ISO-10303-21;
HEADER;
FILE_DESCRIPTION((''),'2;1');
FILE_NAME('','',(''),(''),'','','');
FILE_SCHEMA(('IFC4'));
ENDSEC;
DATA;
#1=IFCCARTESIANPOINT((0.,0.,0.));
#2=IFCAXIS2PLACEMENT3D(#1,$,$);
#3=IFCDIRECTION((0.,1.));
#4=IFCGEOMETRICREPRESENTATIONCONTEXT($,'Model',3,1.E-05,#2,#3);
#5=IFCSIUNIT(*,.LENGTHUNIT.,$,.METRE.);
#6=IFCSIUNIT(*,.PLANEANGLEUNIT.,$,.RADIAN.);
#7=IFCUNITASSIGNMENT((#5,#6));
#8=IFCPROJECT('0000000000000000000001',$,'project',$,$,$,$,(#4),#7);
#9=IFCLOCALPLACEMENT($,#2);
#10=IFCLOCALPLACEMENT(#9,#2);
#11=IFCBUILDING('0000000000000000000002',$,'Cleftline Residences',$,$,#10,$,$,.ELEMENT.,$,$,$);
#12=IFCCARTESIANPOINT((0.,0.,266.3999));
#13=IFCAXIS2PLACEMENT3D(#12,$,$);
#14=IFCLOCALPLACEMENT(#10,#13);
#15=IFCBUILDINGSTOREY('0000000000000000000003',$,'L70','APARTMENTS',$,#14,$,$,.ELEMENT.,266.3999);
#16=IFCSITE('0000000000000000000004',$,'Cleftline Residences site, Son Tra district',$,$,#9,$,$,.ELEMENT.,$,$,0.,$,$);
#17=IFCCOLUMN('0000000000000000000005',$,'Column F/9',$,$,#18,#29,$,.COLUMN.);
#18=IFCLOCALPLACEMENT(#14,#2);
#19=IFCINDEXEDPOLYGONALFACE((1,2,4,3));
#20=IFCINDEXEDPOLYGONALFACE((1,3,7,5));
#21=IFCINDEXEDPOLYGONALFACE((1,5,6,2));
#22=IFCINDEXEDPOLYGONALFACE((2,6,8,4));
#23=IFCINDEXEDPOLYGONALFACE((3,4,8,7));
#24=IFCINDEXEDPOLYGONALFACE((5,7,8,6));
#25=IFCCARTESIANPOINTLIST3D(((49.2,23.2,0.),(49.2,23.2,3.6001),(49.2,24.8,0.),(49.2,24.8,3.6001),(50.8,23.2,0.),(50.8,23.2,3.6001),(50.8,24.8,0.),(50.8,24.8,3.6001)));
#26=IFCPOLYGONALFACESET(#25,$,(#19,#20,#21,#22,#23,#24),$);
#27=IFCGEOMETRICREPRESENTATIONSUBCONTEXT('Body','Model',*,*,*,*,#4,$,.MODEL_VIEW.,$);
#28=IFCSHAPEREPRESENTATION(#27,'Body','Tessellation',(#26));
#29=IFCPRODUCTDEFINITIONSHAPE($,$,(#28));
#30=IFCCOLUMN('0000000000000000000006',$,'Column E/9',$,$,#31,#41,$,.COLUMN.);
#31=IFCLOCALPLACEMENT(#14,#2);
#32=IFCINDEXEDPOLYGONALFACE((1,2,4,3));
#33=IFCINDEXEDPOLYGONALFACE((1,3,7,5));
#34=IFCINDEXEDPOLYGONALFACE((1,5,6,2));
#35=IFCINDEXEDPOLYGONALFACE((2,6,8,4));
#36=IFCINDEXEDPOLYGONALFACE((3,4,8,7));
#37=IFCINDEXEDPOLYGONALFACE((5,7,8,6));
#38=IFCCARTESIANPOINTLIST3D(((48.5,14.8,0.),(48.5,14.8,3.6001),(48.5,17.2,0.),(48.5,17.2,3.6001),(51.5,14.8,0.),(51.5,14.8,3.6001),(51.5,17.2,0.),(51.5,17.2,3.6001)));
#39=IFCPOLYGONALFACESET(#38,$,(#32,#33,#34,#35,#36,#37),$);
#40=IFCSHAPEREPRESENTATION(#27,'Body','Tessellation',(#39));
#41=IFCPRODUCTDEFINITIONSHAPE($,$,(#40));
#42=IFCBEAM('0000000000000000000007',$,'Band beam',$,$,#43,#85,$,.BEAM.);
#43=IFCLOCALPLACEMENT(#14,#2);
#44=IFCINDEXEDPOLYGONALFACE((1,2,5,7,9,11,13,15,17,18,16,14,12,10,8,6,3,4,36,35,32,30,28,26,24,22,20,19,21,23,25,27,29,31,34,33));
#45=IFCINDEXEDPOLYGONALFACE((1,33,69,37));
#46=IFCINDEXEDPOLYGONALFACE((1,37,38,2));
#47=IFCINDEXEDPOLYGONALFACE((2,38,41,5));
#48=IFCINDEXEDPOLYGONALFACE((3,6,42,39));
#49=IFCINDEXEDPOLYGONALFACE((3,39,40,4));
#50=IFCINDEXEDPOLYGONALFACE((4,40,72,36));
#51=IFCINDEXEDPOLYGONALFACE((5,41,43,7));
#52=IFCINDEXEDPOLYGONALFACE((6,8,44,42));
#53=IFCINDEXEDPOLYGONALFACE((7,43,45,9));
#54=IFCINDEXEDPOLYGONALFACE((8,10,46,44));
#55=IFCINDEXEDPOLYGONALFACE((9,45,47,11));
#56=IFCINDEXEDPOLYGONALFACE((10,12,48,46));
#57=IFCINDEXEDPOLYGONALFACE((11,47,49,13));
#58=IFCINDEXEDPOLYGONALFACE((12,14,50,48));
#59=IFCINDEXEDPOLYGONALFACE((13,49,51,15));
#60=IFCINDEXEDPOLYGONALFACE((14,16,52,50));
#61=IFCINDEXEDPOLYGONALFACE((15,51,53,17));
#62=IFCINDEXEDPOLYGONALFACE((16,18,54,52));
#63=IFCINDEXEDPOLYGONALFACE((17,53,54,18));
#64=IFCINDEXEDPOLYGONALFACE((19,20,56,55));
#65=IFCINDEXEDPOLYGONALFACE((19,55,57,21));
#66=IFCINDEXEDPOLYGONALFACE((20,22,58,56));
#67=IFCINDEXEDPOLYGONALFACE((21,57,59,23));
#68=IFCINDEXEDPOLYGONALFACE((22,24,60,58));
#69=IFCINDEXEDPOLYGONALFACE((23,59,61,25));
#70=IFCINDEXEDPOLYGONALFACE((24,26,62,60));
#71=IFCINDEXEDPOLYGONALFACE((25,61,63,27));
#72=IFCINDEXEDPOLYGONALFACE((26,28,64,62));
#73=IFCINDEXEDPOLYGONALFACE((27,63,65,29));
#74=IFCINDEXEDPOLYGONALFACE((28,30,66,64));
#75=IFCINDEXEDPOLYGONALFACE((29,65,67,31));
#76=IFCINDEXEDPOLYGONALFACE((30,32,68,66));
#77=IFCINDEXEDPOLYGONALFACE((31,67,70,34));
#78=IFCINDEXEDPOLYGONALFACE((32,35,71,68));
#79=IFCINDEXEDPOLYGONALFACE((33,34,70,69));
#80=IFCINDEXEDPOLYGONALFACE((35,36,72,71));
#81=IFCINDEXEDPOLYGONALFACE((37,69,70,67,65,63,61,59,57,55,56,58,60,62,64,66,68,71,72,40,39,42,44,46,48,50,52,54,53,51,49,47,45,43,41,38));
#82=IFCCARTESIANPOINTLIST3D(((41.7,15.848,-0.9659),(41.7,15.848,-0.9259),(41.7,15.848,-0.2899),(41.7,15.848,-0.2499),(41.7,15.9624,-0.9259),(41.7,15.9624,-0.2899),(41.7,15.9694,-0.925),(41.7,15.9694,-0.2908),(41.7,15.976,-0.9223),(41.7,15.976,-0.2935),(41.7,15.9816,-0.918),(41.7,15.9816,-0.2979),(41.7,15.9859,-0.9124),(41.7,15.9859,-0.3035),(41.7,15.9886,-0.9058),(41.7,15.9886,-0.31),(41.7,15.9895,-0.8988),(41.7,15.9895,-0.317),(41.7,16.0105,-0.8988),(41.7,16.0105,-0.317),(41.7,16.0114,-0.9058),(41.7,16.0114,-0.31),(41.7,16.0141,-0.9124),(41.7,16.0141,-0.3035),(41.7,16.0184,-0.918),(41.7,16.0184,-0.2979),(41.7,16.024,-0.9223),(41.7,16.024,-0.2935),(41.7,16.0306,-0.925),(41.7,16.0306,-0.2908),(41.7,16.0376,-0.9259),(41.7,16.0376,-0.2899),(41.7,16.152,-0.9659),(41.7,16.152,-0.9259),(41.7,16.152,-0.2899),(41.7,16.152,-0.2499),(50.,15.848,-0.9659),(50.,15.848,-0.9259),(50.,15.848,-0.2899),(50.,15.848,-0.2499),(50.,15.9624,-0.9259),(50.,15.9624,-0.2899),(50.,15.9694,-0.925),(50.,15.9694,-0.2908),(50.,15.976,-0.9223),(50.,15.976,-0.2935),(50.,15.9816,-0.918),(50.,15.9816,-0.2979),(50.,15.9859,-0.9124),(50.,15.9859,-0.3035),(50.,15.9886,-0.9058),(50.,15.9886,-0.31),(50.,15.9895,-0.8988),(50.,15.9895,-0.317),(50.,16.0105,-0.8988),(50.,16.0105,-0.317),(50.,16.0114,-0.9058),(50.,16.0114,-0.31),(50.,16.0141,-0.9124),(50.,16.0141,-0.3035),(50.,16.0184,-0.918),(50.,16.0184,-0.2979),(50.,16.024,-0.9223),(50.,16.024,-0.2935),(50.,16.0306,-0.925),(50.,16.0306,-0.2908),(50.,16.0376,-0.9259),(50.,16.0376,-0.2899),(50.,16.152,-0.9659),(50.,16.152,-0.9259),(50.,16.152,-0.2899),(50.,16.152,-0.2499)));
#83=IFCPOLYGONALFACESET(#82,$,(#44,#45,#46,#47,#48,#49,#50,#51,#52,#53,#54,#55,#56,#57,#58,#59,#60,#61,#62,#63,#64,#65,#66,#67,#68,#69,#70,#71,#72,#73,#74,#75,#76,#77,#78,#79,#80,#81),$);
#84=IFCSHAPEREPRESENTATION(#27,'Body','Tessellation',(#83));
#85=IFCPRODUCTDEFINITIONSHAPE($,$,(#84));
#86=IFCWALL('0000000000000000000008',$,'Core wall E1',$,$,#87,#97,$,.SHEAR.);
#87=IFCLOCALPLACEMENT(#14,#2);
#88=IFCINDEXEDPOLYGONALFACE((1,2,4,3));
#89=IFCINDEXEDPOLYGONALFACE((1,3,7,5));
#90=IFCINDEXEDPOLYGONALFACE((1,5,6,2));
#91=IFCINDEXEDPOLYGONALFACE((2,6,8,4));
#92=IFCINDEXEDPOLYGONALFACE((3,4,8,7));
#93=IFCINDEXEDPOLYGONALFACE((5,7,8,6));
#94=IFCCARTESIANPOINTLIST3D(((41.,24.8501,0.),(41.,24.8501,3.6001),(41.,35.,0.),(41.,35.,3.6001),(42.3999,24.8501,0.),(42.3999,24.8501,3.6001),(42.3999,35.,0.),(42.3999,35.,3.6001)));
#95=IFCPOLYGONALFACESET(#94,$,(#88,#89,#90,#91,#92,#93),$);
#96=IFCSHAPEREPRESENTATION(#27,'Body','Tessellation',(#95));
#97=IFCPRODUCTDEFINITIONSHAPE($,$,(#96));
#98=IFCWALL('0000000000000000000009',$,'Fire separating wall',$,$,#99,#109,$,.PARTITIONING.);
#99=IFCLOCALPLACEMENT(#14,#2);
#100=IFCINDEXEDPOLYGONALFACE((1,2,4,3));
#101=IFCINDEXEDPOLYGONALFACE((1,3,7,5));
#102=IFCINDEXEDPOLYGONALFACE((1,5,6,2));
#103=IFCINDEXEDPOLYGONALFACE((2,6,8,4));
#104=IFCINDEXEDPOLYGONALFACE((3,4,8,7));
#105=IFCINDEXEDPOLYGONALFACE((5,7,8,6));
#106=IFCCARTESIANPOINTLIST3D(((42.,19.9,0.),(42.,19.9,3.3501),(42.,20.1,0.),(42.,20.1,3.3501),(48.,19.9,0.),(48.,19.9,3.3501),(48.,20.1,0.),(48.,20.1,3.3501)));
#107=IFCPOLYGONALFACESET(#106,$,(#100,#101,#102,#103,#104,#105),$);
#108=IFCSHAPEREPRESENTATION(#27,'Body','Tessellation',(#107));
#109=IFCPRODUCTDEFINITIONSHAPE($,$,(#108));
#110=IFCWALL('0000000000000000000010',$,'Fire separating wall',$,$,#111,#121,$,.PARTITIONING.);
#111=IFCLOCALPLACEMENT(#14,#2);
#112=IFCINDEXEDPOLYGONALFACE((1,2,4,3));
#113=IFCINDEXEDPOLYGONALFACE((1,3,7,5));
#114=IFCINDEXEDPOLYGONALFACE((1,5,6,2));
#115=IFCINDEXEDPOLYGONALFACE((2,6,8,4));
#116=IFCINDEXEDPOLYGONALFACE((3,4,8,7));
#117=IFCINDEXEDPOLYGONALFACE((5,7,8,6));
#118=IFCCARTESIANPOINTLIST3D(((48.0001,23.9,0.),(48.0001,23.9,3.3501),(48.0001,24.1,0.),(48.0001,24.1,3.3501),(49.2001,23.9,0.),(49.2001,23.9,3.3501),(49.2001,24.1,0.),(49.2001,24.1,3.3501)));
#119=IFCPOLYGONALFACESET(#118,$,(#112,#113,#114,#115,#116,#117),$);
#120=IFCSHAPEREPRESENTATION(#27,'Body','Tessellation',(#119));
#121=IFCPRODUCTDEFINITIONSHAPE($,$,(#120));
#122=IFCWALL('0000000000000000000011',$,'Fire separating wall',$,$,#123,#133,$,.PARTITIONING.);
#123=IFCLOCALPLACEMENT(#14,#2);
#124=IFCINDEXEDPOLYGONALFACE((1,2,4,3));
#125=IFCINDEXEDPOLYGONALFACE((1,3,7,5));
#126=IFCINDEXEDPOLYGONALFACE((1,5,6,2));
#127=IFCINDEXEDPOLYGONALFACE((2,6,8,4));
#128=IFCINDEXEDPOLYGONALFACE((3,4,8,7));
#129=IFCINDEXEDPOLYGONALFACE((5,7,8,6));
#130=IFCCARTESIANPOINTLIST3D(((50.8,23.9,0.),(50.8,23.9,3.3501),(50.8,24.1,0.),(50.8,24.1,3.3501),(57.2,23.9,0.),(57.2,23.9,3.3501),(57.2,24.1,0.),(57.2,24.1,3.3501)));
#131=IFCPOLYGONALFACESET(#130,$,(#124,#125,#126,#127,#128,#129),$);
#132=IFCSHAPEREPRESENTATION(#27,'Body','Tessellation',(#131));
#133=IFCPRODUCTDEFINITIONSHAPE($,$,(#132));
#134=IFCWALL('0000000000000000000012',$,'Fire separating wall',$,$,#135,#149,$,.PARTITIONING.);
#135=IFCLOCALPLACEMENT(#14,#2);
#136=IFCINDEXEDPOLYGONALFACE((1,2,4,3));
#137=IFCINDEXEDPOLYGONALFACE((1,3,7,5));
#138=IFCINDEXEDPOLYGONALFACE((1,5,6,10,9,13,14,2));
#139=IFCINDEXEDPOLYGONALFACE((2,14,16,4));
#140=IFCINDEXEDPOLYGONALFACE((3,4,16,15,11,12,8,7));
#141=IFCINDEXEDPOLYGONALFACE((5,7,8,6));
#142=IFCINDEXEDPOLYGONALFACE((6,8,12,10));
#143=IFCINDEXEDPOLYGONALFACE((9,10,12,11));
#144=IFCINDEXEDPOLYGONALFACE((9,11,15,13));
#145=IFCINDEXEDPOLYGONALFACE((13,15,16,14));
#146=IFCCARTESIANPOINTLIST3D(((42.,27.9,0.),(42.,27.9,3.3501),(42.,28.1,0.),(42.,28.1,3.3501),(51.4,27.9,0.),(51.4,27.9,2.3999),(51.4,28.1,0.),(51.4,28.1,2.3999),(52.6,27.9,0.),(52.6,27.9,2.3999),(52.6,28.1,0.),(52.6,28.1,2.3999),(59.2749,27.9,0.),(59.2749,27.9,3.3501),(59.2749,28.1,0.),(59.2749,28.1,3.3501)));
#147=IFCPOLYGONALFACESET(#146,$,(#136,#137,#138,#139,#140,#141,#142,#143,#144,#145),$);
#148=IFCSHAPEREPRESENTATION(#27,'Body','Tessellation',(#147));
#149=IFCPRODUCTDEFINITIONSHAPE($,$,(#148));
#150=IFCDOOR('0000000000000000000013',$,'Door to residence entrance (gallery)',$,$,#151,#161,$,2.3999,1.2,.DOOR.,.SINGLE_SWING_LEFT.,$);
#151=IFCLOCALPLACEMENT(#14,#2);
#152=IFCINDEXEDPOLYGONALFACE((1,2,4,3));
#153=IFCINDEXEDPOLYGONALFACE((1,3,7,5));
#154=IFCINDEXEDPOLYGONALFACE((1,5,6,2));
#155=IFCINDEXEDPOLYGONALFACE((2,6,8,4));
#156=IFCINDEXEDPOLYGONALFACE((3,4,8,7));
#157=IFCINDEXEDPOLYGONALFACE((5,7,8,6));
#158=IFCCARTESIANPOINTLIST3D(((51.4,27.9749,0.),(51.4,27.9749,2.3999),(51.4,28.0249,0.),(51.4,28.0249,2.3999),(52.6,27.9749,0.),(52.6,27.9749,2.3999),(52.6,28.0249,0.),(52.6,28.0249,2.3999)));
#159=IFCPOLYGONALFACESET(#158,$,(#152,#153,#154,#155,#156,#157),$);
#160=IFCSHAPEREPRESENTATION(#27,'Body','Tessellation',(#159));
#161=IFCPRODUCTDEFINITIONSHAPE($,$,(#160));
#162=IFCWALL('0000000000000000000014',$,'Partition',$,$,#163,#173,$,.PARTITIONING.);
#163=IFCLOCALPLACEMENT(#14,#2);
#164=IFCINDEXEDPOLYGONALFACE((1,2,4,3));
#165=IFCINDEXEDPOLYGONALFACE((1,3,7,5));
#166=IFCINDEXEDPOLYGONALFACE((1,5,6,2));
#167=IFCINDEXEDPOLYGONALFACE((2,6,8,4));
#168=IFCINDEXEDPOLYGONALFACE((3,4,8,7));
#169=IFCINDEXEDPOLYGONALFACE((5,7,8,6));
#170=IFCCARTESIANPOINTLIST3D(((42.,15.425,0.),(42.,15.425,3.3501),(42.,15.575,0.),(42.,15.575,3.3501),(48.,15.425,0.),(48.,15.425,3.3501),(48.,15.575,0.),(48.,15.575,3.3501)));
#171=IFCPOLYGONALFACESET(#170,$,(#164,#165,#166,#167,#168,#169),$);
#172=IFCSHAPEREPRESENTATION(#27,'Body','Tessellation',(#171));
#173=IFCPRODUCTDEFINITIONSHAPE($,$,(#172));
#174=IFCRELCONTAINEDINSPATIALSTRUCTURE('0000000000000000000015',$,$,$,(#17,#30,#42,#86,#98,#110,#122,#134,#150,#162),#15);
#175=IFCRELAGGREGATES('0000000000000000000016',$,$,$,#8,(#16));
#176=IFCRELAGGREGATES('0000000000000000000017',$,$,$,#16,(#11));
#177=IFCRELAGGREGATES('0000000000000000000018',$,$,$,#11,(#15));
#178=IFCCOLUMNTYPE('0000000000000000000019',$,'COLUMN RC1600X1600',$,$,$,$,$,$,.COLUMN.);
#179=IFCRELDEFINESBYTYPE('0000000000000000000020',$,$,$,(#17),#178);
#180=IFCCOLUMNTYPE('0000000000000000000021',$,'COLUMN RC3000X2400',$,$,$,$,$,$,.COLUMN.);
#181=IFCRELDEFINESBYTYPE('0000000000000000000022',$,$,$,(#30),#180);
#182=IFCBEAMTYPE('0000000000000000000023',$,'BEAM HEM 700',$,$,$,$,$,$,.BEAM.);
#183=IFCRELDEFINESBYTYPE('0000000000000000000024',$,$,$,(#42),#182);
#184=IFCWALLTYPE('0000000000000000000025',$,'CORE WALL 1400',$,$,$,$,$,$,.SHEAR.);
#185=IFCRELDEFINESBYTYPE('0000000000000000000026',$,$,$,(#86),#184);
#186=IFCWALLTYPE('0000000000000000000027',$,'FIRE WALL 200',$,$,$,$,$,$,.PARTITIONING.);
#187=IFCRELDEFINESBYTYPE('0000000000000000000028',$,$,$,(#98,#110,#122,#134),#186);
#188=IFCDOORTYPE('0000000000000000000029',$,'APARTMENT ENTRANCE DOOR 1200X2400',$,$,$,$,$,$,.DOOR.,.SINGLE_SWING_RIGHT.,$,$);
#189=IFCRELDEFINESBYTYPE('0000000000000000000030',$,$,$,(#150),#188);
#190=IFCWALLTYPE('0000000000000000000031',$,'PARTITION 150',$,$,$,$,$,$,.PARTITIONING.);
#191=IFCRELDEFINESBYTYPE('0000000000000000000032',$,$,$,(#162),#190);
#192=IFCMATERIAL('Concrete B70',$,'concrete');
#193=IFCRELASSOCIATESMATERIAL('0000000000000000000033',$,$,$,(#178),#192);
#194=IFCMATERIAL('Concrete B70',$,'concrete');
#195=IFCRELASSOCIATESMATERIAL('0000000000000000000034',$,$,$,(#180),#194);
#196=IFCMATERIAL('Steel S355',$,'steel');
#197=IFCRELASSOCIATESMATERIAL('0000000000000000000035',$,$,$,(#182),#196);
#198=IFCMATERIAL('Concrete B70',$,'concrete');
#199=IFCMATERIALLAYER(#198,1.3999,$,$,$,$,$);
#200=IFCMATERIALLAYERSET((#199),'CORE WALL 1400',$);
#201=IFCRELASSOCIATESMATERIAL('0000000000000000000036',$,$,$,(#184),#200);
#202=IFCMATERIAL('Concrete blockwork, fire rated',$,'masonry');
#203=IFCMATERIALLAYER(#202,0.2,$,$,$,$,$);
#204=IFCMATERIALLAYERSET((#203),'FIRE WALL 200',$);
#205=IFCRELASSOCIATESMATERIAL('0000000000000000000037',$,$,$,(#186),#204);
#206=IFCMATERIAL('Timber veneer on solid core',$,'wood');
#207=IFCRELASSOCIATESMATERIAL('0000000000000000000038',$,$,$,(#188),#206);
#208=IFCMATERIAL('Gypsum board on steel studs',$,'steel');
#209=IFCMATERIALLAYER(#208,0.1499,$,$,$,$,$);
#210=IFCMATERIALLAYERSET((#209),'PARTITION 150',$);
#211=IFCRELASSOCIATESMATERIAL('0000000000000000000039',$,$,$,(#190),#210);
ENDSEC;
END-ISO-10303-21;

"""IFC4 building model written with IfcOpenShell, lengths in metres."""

from ifc_helpers import new_model, si_unit, direction, frame, frame_2d, origin, origin_2d, place, context, subcontext, project, spatial, rectangle, i_section, extrude, material, layer, layer_set, material_profile, profile_set, type_object, element, fill, save


model = new_model("IFC4")

# Units and contexts
model_context = context("Model", 3, precision=1e-05, world=origin(), true_north=direction((0.0, 1.0)))
body_context = subcontext(model_context, "Body", "Model", "MODEL_VIEW")
ifc_project = project(units=[si_unit("LENGTHUNIT", "METRE"), si_unit("PLANEANGLEUNIT", "RADIAN")], contexts=[model_context])

# Site, building, storey
site_placement = place(None, origin())
site = spatial("IfcSite", under=ifc_project, at=site_placement, Name="Cleftline Residences site, Son Tra district", CompositionType="ELEMENT", RefElevation=0.0)
building_placement = place(site_placement, origin())
building = spatial("IfcBuilding", under=site, at=building_placement, Name="Cleftline Residences", CompositionType="ELEMENT")
storey_placement = place(building_placement, frame((0.0, 0.0, 266.3999)))
storey = spatial("IfcBuildingStorey", under=building, at=storey_placement, Name="L70", Description="APARTMENTS", CompositionType="ELEMENT", Elevation=266.3999)

# Columns
ifc_material_1 = material(Name="Concrete B70", Category="concrete")
ifc_material_profile_1 = material_profile(ifc_material_1, rectangle(XDim=1.6001, YDim=1.6001, at=origin_2d()))
ifc_profile_set_1 = profile_set([ifc_material_profile_1], Name="Concrete B70")
column_type_1 = type_object("IfcColumnType", Name="COLUMN RC1600X1600", PredefinedType="COLUMN", material=ifc_profile_set_1)
column_1_placement = place(storey_placement, frame((50.0, 24.0, 0.0), z_axis=(0.0, 0.0, 1.0), x_axis=(1.0, 0.0, 0.0)))
element("IfcColumn", 1, at=column_1_placement, inside=storey, type_object=column_type_1, Name="Column F/9", PredefinedType="COLUMN", context=body_context, shape_type="SweptSolid", body=[
    extrude(rectangle(XDim=1.6001, YDim=1.6001, at=origin_2d()), origin(), (0.0, 0.0, 1.0), 3.6001),
])
ifc_material_2 = material(Name="Concrete B70", Category="concrete")
ifc_material_profile_2 = material_profile(ifc_material_2, rectangle(XDim=3.0, YDim=2.3999, at=origin_2d()))
ifc_profile_set_2 = profile_set([ifc_material_profile_2], Name="Concrete B70")
column_type_2 = type_object("IfcColumnType", Name="COLUMN RC3000X2400", PredefinedType="COLUMN", material=ifc_profile_set_2)
column_2_placement = place(storey_placement, frame((50.0, 16.0, 0.0), z_axis=(0.0, 0.0, 1.0), x_axis=(1.0, 0.0, 0.0)))
element("IfcColumn", 2, at=column_2_placement, inside=storey, type_object=column_type_2, Name="Column E/9", PredefinedType="COLUMN", context=body_context, shape_type="SweptSolid", body=[
    extrude(rectangle(XDim=3.0, YDim=2.3999, at=origin_2d()), origin(), (0.0, 0.0, 1.0), 3.6001),
])

# Beam
ifc_material_3 = material(Name="Steel S355", Category="steel")
ifc_material_profile_3 = material_profile(ifc_material_3, i_section(OverallWidth=0.304, OverallDepth=0.7161, WebThickness=0.021, FlangeThickness=0.04, FilletRadius=0.0271, at=origin_2d()))
ifc_profile_set_3 = profile_set([ifc_material_profile_3], Name="Steel S355")
beam_type = type_object("IfcBeamType", Name="BEAM HEM 700", PredefinedType="BEAM", material=ifc_profile_set_3)
beam_placement = place(storey_placement, frame((50.0, 16.0, -0.6079), z_axis=(-1.0, 0.0, 0.0), x_axis=(0.0, -1.0, 0.0)))
element("IfcBeam", 3, at=beam_placement, inside=storey, type_object=beam_type, Name="Band beam", PredefinedType="BEAM", context=body_context, shape_type="SweptSolid", body=[
    extrude(i_section(OverallWidth=0.304, OverallDepth=0.7161, WebThickness=0.021, FlangeThickness=0.04, FilletRadius=0.0271, at=origin_2d()), origin(), (0.0, 0.0, 1.0), 8.3),
])

# Walls
ifc_material_4 = material(Name="Concrete B70", Category="concrete")
ifc_layer_1 = layer(ifc_material_4, 1.3999)
ifc_layer_set_1 = layer_set([ifc_layer_1], Name="CORE WALL 1400")
wall_type_1 = type_object("IfcWallType", Name="CORE WALL 1400", PredefinedType="SHEAR", material=ifc_layer_set_1)
wall_1_placement = place(storey_placement, frame((41.7, 24.8501, 0.0), z_axis=(0.0, 0.0, 1.0), x_axis=(0.0, 1.0, 0.0)))
element("IfcWall", 4, at=wall_1_placement, inside=storey, type_object=wall_type_1, Name="Core wall E1", PredefinedType="SHEAR", context=body_context, shape_type="SweptSolid", body=[
    extrude(rectangle(XDim=10.1499, YDim=1.3999, at=frame_2d((5.075, 0.0))), origin(), (0.0, 0.0, 1.0), 3.6001),
])
ifc_material_5 = material(Name="Concrete blockwork, fire rated", Category="masonry")
ifc_layer_2 = layer(ifc_material_5, 0.2)
ifc_layer_set_2 = layer_set([ifc_layer_2], Name="FIRE WALL 200")
wall_type_2 = type_object("IfcWallType", Name="FIRE WALL 200", PredefinedType="PARTITIONING", material=ifc_layer_set_2)
wall_2_placement = place(storey_placement, frame((42.0, 20.0, 0.0), z_axis=(0.0, 0.0, 1.0), x_axis=(1.0, 0.0, 0.0)))
element("IfcWall", 5, at=wall_2_placement, inside=storey, type_object=wall_type_2, Name="Fire separating wall", PredefinedType="PARTITIONING", context=body_context, shape_type="SweptSolid", body=[
    extrude(rectangle(XDim=6.0, YDim=0.2, at=frame_2d((3.0, 0.0))), origin(), (0.0, 0.0, 1.0), 3.3501),
])
wall_3_placement = place(storey_placement, frame((48.0, 24.0, 0.0), z_axis=(0.0, 0.0, 1.0), x_axis=(1.0, 0.0, 0.0)))
element("IfcWall", 6, at=wall_3_placement, inside=storey, type_object=wall_type_2, Name="Fire separating wall", PredefinedType="PARTITIONING", context=body_context, shape_type="SweptSolid", body=[
    extrude(rectangle(XDim=1.2, YDim=0.2, at=frame_2d((0.6001, 0.0))), origin(), (0.0, 0.0, 1.0), 3.3501),
])
wall_4_placement = place(storey_placement, frame((50.8, 24.0, 0.0), z_axis=(0.0, 0.0, 1.0), x_axis=(1.0, 0.0, 0.0)))
element("IfcWall", 7, at=wall_4_placement, inside=storey, type_object=wall_type_2, Name="Fire separating wall", PredefinedType="PARTITIONING", context=body_context, shape_type="SweptSolid", body=[
    extrude(rectangle(XDim=6.3999, YDim=0.2, at=frame_2d((3.2, 0.0))), origin(), (0.0, 0.0, 1.0), 3.3501),
])

# Wall, opening, door
wall_5_placement = place(storey_placement, frame((42.0, 28.0, 0.0), z_axis=(0.0, 0.0, 1.0), x_axis=(1.0, 0.0, 0.0)))
wall_5 = element("IfcWall", 8, at=wall_5_placement, inside=storey, type_object=wall_type_2, Name="Fire separating wall", PredefinedType="PARTITIONING", context=body_context, shape_type="SweptSolid", body=[
    extrude(rectangle(XDim=17.2749, YDim=0.2, at=frame_2d((8.6375, 0.0))), origin(), (0.0, 0.0, 1.0), 3.3501),
])
opening_1_placement = place(wall_5_placement, frame((9.3999, 0.0, 0.0)))
opening_1 = element("IfcOpeningElement", 9, at=opening_1_placement, cuts=wall_5, PredefinedType="OPENING", context=body_context, shape_type="SweptSolid", body=[
    extrude(rectangle(XDim=1.2, YDim=2.3999, at=frame_2d((0.6001, 1.2))), frame((0.0, 0.1099, 0.0), z_axis=(0.0, -1.0, 0.0), x_axis=(1.0, 0.0, 0.0)), (0.0, 0.0, 1.0), 0.22),
])
ifc_material_6 = material(Name="Timber veneer on solid core", Category="wood")
door_type_1 = type_object("IfcDoorType", Name="APARTMENT ENTRANCE DOOR 1200X2400", OperationType="SINGLE_SWING_RIGHT", PredefinedType="DOOR", material=ifc_material_6)
door_1_placement = place(opening_1_placement, origin())
door_1 = element("IfcDoor", 10, at=door_1_placement, inside=storey, type_object=door_type_1, Name="Door to residence entrance (gallery)", OperationType="SINGLE_SWING_LEFT", OverallHeight=2.3999, OverallWidth=1.2, PredefinedType="DOOR", context=body_context, shape_type="SweptSolid", body=[
    extrude(rectangle(XDim=1.2, YDim=2.3999, at=frame_2d((0.6001, 1.2))), frame((0.0, 0.0249, 0.0), z_axis=(0.0, -1.0, 0.0), x_axis=(1.0, 0.0, 0.0)), (0.0, 0.0, 1.0), 0.05),
])
fill(opening_1, door_1)

# Wall
ifc_material_7 = material(Name="Gypsum board on steel studs", Category="steel")
ifc_layer_3 = layer(ifc_material_7, 0.1499)
ifc_layer_set_3 = layer_set([ifc_layer_3], Name="PARTITION 150")
wall_type_3 = type_object("IfcWallType", Name="PARTITION 150", PredefinedType="PARTITIONING", material=ifc_layer_set_3)
wall_6_placement = place(storey_placement, frame((42.0, 15.5, 0.0), z_axis=(0.0, 0.0, 1.0), x_axis=(1.0, 0.0, 0.0)))
element("IfcWall", 11, at=wall_6_placement, inside=storey, type_object=wall_type_3, Name="Partition", PredefinedType="PARTITIONING", context=body_context, shape_type="SweptSolid", body=[
    extrude(rectangle(XDim=6.0, YDim=0.1499, at=frame_2d((3.0, 0.0))), origin(), (0.0, 0.0, 1.0), 3.3501),
])

save(model, "model.ifc")
